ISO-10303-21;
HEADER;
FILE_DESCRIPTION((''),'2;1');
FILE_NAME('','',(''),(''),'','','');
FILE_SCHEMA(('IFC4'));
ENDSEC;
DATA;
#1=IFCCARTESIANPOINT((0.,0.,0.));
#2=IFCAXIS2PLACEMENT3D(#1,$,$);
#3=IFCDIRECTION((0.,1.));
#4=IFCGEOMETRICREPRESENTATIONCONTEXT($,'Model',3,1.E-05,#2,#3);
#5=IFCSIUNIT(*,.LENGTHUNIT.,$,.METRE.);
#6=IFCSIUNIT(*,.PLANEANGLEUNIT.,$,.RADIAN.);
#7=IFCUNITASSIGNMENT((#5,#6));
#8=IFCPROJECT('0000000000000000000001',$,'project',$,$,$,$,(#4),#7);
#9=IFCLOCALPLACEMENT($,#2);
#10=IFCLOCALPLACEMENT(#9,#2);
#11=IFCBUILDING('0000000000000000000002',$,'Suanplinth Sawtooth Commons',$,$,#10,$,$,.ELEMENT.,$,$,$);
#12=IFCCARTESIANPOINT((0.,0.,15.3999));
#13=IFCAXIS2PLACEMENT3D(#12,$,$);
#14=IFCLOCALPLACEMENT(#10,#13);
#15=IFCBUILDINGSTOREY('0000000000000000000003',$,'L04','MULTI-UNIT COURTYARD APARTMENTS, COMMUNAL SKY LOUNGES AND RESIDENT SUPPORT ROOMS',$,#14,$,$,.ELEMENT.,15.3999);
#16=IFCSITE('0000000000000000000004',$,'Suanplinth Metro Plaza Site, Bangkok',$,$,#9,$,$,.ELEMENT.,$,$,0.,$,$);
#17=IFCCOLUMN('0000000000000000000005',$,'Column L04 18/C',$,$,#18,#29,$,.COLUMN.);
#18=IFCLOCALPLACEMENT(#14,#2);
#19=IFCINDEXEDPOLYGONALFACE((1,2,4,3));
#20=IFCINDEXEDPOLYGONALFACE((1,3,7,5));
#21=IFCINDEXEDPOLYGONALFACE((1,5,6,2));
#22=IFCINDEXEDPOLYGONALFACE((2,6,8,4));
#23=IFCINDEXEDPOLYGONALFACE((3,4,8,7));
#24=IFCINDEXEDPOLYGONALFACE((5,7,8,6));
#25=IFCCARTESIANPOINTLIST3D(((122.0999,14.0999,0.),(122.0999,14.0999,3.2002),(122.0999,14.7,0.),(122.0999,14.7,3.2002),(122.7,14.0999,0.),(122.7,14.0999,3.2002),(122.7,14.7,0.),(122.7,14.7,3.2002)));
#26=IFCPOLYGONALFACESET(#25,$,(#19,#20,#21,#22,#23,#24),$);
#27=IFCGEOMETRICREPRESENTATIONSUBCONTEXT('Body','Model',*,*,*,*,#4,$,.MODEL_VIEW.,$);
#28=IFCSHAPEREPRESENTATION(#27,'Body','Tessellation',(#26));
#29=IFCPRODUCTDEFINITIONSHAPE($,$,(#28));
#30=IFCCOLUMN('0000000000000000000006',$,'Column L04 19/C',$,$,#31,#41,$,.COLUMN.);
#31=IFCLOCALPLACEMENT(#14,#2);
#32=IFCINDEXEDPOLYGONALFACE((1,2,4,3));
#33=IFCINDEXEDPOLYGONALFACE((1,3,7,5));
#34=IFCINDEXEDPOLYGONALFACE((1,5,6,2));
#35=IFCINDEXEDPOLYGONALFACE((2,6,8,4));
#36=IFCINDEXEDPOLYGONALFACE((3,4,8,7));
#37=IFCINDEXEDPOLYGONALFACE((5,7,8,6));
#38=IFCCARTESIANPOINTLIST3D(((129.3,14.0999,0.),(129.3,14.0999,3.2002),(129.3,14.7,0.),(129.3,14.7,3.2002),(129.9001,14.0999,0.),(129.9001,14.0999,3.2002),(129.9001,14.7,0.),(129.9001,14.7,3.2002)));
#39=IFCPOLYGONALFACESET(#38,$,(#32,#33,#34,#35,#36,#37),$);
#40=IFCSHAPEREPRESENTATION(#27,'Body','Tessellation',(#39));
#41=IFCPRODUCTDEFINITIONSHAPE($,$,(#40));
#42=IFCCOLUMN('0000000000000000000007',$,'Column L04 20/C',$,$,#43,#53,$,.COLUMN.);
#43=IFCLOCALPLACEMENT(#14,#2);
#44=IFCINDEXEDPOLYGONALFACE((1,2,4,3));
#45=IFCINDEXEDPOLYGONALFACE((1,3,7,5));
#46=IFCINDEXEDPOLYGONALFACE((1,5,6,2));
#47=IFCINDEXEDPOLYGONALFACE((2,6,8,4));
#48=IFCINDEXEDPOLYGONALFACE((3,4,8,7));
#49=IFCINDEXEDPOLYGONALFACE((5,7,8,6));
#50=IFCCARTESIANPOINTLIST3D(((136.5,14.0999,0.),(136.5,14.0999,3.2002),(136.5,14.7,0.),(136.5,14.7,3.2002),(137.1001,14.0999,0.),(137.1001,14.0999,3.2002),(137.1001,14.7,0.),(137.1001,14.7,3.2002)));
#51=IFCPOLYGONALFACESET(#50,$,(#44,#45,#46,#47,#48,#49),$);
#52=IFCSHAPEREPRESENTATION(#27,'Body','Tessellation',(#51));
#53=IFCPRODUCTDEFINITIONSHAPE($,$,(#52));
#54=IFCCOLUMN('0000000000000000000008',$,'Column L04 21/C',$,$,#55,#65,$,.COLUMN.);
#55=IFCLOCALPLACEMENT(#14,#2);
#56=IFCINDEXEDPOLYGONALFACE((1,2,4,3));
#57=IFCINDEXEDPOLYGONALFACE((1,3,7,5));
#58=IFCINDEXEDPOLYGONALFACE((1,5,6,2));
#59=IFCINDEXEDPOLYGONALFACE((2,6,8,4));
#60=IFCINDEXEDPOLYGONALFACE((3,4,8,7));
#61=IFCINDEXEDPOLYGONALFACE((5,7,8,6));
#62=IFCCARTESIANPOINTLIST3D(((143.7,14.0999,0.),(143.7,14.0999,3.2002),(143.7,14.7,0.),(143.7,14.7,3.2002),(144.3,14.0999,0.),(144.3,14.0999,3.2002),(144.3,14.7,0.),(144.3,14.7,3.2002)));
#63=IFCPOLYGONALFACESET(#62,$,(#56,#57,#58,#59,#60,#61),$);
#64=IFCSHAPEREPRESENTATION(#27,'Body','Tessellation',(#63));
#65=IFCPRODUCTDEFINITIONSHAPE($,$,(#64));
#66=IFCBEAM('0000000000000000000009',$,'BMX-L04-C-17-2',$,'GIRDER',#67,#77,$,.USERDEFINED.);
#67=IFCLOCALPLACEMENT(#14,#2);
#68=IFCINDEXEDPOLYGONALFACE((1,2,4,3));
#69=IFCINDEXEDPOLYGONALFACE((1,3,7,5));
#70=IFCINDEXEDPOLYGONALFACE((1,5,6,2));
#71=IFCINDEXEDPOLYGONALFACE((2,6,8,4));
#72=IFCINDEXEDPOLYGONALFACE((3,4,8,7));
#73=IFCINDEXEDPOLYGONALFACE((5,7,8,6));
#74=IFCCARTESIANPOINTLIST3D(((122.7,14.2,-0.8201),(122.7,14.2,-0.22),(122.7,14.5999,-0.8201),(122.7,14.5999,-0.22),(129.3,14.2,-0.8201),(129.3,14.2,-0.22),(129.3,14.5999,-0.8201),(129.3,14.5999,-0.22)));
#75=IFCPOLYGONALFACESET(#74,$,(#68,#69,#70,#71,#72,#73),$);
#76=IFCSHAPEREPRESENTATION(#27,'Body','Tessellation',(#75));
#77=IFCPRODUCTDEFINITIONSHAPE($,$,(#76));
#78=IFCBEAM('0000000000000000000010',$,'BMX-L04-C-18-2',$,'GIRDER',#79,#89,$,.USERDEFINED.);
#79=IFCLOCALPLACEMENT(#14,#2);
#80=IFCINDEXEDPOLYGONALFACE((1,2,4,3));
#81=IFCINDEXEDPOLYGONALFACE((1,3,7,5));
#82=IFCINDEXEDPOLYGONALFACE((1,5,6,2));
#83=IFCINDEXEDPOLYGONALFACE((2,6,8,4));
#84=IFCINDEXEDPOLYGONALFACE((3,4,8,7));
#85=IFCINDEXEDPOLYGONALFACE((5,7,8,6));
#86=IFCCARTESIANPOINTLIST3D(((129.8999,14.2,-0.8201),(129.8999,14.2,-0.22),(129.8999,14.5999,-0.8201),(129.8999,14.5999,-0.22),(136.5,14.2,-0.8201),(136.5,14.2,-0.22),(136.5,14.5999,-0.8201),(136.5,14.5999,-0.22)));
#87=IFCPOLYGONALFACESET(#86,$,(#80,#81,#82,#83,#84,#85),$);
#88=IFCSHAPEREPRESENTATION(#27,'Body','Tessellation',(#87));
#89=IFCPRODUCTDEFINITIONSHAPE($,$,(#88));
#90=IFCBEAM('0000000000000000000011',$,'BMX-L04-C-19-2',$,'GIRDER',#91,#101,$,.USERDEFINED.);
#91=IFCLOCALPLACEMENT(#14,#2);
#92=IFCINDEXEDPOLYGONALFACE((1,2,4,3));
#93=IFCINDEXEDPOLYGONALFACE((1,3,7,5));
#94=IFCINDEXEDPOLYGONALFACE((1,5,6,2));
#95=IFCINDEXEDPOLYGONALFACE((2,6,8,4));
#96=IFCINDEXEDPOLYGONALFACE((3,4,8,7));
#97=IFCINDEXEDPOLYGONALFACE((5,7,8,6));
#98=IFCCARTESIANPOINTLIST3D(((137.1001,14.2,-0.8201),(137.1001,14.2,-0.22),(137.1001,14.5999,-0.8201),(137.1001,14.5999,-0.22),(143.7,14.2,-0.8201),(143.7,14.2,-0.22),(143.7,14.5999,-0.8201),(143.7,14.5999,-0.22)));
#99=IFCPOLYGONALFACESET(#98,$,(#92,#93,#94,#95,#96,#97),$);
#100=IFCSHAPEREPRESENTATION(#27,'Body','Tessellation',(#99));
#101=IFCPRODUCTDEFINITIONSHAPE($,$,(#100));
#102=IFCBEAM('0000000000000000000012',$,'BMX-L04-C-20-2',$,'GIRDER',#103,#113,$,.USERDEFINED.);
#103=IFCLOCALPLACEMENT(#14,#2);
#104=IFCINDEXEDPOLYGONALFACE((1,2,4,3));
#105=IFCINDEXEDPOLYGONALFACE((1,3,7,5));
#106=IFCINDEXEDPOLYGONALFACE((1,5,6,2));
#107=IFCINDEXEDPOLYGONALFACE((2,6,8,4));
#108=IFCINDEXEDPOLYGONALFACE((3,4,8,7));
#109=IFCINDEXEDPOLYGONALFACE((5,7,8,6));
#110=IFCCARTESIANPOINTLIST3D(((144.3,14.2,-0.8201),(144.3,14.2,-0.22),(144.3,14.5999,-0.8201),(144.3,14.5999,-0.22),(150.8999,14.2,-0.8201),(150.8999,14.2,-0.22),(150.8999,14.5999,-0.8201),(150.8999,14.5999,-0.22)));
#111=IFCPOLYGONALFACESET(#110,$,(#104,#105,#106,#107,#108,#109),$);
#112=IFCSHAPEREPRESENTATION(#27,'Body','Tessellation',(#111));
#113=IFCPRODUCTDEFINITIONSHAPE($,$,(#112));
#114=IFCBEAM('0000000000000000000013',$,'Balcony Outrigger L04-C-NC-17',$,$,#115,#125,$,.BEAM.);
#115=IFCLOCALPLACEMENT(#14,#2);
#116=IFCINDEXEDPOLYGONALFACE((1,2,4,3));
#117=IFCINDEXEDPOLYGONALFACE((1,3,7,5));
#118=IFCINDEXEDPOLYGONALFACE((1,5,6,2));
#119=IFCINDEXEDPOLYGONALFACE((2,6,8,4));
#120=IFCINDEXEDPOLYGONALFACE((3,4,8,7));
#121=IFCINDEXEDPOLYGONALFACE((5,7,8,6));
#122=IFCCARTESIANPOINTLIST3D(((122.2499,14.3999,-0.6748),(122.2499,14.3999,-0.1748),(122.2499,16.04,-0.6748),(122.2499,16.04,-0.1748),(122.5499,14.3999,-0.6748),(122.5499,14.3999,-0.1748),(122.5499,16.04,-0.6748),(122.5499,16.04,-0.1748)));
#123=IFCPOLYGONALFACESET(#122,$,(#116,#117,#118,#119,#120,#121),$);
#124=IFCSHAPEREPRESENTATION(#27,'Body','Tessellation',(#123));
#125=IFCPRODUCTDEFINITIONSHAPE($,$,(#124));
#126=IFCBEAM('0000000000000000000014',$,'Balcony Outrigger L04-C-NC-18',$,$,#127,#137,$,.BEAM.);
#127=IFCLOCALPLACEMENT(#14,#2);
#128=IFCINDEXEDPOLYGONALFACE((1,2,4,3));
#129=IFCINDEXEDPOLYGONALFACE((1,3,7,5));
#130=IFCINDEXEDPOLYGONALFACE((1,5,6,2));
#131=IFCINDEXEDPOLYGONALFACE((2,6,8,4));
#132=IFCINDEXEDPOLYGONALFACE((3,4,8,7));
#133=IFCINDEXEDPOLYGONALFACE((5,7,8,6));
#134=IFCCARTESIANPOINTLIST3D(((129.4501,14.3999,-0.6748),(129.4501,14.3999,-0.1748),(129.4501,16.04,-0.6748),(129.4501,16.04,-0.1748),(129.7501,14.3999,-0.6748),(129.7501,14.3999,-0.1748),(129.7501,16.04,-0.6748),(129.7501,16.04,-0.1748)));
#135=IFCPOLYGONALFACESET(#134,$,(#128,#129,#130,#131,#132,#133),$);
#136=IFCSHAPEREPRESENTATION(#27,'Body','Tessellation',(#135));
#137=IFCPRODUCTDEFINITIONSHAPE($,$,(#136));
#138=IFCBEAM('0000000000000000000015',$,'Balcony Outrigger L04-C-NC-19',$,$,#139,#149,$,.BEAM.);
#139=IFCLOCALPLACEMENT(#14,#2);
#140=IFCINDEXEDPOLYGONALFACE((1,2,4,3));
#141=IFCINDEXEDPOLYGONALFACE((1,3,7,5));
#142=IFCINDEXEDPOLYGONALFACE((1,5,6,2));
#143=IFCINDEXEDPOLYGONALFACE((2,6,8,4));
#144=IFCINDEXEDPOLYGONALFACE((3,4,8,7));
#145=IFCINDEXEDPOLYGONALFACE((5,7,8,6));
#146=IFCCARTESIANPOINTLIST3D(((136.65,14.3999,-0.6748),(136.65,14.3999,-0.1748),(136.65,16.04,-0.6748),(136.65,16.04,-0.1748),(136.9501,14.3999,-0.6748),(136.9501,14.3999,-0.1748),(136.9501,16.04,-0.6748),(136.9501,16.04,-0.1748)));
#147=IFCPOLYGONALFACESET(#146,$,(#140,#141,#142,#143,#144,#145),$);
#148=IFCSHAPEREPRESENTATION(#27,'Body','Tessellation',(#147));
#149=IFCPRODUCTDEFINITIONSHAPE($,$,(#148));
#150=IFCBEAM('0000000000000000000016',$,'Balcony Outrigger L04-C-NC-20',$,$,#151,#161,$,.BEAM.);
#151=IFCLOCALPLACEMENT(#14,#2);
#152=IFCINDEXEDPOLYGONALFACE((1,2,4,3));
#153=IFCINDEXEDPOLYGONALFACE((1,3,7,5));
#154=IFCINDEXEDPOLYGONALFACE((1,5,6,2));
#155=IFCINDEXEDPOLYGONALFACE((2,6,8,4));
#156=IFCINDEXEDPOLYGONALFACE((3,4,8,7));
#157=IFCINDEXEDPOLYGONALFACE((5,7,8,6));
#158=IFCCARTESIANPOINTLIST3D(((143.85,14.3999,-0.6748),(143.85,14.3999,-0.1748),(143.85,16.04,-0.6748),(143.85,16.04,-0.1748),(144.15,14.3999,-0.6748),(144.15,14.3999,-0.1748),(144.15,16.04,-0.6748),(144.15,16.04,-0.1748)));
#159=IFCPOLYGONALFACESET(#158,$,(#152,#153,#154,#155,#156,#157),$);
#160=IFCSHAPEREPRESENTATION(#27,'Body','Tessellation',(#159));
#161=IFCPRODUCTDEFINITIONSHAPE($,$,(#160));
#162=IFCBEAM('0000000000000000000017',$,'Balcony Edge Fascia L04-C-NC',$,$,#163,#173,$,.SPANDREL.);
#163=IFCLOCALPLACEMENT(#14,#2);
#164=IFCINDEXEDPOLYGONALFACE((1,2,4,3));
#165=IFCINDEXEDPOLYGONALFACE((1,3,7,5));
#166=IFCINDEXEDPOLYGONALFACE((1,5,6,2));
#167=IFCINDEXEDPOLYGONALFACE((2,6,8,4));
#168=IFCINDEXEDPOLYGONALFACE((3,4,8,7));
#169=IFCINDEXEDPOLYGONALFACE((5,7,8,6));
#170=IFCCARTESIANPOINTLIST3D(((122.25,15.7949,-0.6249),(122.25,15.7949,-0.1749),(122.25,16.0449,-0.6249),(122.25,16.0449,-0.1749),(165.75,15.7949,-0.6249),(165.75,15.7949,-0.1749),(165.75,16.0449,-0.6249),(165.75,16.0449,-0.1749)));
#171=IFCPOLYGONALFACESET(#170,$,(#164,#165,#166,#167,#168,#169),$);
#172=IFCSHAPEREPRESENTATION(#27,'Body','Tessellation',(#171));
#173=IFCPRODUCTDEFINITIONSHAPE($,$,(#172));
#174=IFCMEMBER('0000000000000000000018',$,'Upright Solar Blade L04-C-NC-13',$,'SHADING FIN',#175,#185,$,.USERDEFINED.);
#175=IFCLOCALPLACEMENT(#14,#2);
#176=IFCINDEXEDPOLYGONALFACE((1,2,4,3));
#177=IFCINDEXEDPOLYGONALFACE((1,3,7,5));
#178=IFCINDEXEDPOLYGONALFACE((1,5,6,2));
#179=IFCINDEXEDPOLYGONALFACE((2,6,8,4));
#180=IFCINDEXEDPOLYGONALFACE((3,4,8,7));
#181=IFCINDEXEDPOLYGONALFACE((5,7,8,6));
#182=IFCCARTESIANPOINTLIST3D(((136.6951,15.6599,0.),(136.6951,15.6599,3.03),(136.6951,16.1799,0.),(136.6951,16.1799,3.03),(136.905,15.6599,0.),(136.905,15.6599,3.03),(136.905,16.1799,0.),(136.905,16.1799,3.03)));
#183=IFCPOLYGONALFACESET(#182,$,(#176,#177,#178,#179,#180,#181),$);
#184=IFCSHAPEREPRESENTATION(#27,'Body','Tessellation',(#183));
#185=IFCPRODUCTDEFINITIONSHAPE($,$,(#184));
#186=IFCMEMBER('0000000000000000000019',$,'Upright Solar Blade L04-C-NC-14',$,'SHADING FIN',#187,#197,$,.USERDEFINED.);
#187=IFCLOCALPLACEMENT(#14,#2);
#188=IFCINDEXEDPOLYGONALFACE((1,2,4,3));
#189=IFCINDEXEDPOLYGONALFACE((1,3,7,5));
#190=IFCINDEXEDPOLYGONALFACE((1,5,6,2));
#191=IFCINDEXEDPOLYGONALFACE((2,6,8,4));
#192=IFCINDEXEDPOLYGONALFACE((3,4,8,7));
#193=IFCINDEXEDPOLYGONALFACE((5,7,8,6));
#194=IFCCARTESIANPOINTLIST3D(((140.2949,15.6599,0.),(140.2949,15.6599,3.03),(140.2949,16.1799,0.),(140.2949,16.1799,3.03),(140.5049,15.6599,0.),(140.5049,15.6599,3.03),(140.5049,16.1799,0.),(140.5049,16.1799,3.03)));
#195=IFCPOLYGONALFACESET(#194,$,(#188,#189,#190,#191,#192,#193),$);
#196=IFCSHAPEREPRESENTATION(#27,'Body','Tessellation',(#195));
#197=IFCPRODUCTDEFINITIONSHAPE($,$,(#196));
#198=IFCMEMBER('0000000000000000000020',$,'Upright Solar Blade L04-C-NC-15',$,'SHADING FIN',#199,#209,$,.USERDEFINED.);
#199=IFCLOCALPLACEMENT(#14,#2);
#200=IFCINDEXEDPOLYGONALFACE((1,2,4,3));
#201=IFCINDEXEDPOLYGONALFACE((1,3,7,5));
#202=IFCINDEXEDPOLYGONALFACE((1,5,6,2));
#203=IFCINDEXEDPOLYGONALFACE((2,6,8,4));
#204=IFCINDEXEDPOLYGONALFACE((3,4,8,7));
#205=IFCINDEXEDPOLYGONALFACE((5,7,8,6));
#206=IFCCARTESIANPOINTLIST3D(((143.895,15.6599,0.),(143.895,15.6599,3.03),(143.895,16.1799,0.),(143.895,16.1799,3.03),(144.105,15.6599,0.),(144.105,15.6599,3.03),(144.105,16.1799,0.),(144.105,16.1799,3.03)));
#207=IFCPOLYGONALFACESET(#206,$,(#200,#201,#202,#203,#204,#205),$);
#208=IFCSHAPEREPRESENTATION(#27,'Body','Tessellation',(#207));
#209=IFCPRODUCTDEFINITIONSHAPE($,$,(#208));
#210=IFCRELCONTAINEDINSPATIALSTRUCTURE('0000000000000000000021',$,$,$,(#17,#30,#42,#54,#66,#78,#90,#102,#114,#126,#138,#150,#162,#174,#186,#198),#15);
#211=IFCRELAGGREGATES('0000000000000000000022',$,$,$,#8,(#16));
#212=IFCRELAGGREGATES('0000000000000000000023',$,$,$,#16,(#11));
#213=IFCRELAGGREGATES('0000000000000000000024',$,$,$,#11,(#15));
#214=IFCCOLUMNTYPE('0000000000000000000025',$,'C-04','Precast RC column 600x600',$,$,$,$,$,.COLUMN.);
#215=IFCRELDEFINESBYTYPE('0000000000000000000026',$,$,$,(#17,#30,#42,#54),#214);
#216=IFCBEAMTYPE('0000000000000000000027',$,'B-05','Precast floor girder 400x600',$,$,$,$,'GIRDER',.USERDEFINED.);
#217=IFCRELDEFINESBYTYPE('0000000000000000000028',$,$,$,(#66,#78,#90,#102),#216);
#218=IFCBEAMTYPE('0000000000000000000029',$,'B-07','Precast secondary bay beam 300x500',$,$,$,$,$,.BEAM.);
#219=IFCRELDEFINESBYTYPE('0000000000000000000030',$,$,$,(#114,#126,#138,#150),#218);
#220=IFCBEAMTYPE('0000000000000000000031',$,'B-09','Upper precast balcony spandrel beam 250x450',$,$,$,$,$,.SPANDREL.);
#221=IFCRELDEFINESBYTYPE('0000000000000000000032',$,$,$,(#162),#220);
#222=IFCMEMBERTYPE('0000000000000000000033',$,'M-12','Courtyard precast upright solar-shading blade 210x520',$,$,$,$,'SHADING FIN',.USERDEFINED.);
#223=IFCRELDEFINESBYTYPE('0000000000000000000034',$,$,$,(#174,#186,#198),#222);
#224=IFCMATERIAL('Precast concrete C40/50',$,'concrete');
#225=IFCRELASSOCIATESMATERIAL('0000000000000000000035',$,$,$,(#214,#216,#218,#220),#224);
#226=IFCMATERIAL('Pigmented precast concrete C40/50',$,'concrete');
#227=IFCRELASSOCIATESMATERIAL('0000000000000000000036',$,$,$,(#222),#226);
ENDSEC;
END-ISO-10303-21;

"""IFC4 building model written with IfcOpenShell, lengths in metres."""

from ifc_helpers import new_model, si_unit, direction, frame, origin, origin_2d, place, context, subcontext, project, spatial, rectangle, extrude, material, material_profile, profile_set, type_object, element, save


model = new_model("IFC4")

# Units and contexts
model_context = context("Model", 3, precision=1e-05, world=origin(), true_north=direction((0.0, 1.0)))
body_context = subcontext(model_context, "Body", "Model", "MODEL_VIEW")
ifc_project = project(units=[si_unit("LENGTHUNIT", "METRE"), si_unit("PLANEANGLEUNIT", "RADIAN")], contexts=[model_context])

# Site, building, storey
site_placement = place(None, origin())
site = spatial("IfcSite", under=ifc_project, at=site_placement, Name="Suanplinth Metro Plaza Site, Bangkok", CompositionType="ELEMENT", RefElevation=0.0)
building_placement = place(site_placement, origin())
building = spatial("IfcBuilding", under=site, at=building_placement, Name="Suanplinth Sawtooth Commons", CompositionType="ELEMENT")
storey_placement = place(building_placement, frame((0.0, 0.0, 15.3999)))
storey = spatial("IfcBuildingStorey", under=building, at=storey_placement, Name="L04", Description="MULTI-UNIT COURTYARD APARTMENTS, COMMUNAL SKY LOUNGES AND RESIDENT SUPPORT ROOMS", CompositionType="ELEMENT", Elevation=15.3999)

# Columns
ifc_material_1 = material(Name="Precast concrete C40/50", Category="concrete")
ifc_material_profile_1 = material_profile(ifc_material_1, rectangle(XDim=0.6001, YDim=0.6001, at=origin_2d()), Name="PC-COL 600x600")
ifc_profile_set_1 = profile_set([ifc_material_profile_1], Name="Precast concrete C40/50")
column_type = type_object("IfcColumnType", Name="C-04", Description="Precast RC column 600x600", PredefinedType="COLUMN", material=ifc_profile_set_1)
for number, where, z_axis, x_axis, name in (
    (1, (122.3999, 14.3999, 0.0), (0.0, 0.0, 1.0), (1.0, 0.0, 0.0), "Column L04 18/C"),
    (2, (129.6001, 14.3999, 0.0), (0.0, 0.0, 1.0), (1.0, 0.0, 0.0), "Column L04 19/C"),
    (3, (136.8, 14.3999, 0.0), (0.0, 0.0, 1.0), (1.0, 0.0, 0.0), "Column L04 20/C"),
    (4, (144.0, 14.3999, 0.0), (0.0, 0.0, 1.0), (1.0, 0.0, 0.0), "Column L04 21/C"),
):
    element("IfcColumn", number, at=place(storey_placement, frame(where, z_axis=z_axis, x_axis=x_axis)), inside=storey, type_object=column_type, Name=name, PredefinedType="COLUMN", context=body_context, shape_type="SweptSolid", body=[
        extrude(rectangle(XDim=0.6001, YDim=0.6001, at=origin_2d()), origin(), (0.0, 0.0, 1.0), 3.2002),
    ])

# Beams
ifc_material_profile_2 = material_profile(ifc_material_1, rectangle(XDim=0.3999, YDim=0.6001, at=origin_2d()), Name="PC-GDR 400x600")
ifc_profile_set_2 = profile_set([ifc_material_profile_2], Name="Precast concrete C40/50")
beam_type_1 = type_object("IfcBeamType", Name="B-05", Description="Precast floor girder 400x600", ElementType="GIRDER", PredefinedType="USERDEFINED", material=ifc_profile_set_2)
for number, where, z_axis, x_axis, name in (
    (5, (122.7, 14.3999, -0.52), (1.0, 0.0, 0.0), (0.0, 1.0, 0.0), "BMX-L04-C-17-2"),
    (6, (129.8999, 14.3999, -0.52), (1.0, 0.0, 0.0), (0.0, 1.0, 0.0), "BMX-L04-C-18-2"),
):
    element("IfcBeam", number, at=place(storey_placement, frame(where, z_axis=z_axis, x_axis=x_axis)), inside=storey, type_object=beam_type_1, Name=name, ObjectType="GIRDER", PredefinedType="USERDEFINED", context=body_context, shape_type="SweptSolid", body=[
        extrude(rectangle(XDim=0.3999, YDim=0.6001, at=origin_2d()), origin(), (0.0, 0.0, 1.0), 6.6001),
    ])
for number, where, z_axis, x_axis, name in (
    (7, (137.1001, 14.3999, -0.52), (1.0, 0.0, 0.0), (0.0, 1.0, 0.0), "BMX-L04-C-19-2"),
    (8, (144.3, 14.3999, -0.52), (1.0, 0.0, 0.0), (0.0, 1.0, 0.0), "BMX-L04-C-20-2"),
):
    element("IfcBeam", number, at=place(storey_placement, frame(where, z_axis=z_axis, x_axis=x_axis)), inside=storey, type_object=beam_type_1, Name=name, ObjectType="GIRDER", PredefinedType="USERDEFINED", context=body_context, shape_type="SweptSolid", body=[
        extrude(rectangle(XDim=0.3999, YDim=0.6001, at=origin_2d()), origin(), (0.0, 0.0, 1.0), 6.5999),
    ])
ifc_material_profile_3 = material_profile(ifc_material_1, rectangle(XDim=0.3, YDim=0.5, at=origin_2d()), Name="PC-BM 300x500")
ifc_profile_set_3 = profile_set([ifc_material_profile_3], Name="Precast concrete C40/50")
beam_type_2 = type_object("IfcBeamType", Name="B-07", Description="Precast secondary bay beam 300x500", PredefinedType="BEAM", material=ifc_profile_set_3)
for number, where, z_axis, x_axis, name in (
    (9, (122.3999, 14.3999, -0.4248), (0.0, 1.0, 0.0), (-1.0, 0.0, 0.0), "Balcony Outrigger L04-C-NC-17"),
    (10, (129.6001, 14.3999, -0.4248), (0.0, 1.0, 0.0), (-1.0, 0.0, 0.0), "Balcony Outrigger L04-C-NC-18"),
    (11, (136.8, 14.3999, -0.4248), (0.0, 1.0, 0.0), (-1.0, 0.0, 0.0), "Balcony Outrigger L04-C-NC-19"),
    (12, (144.0, 14.3999, -0.4248), (0.0, 1.0, 0.0), (-1.0, 0.0, 0.0), "Balcony Outrigger L04-C-NC-20"),
):
    element("IfcBeam", number, at=place(storey_placement, frame(where, z_axis=z_axis, x_axis=x_axis)), inside=storey, type_object=beam_type_2, Name=name, PredefinedType="BEAM", context=body_context, shape_type="SweptSolid", body=[
        extrude(rectangle(XDim=0.3, YDim=0.5, at=origin_2d()), origin(), (0.0, 0.0, 1.0), 1.6401),
    ])
ifc_material_profile_4 = material_profile(ifc_material_1, rectangle(XDim=0.25, YDim=0.45, at=origin_2d()), Name="PC-SP 250x450")
ifc_profile_set_4 = profile_set([ifc_material_profile_4], Name="Precast concrete C40/50")
beam_type_3 = type_object("IfcBeamType", Name="B-09", Description="Upper precast balcony spandrel beam 250x450", PredefinedType="SPANDREL", material=ifc_profile_set_4)
beam_placement = place(storey_placement, frame((122.25, 15.9199, -0.3999), z_axis=(1.0, 0.0, 0.0), x_axis=(0.0, 1.0, 0.0)))
element("IfcBeam", 13, at=beam_placement, inside=storey, type_object=beam_type_3, Name="Balcony Edge Fascia L04-C-NC", PredefinedType="SPANDREL", context=body_context, shape_type="SweptSolid", body=[
    extrude(rectangle(XDim=0.25, YDim=0.45, at=origin_2d()), origin(), (0.0, 0.0, 1.0), 43.5),
])

# Members
ifc_material_2 = material(Name="Pigmented precast concrete C40/50", Category="concrete")
ifc_material_profile_5 = material_profile(ifc_material_2, rectangle(XDim=0.21, YDim=0.52, at=origin_2d()), Name="PC-FIN 210x520")
ifc_profile_set_5 = profile_set([ifc_material_profile_5], Name="Pigmented precast concrete C40/50")
member_type = type_object("IfcMemberType", Name="M-12", Description="Courtyard precast upright solar-shading blade 210x520", ElementType="SHADING FIN", PredefinedType="USERDEFINED", material=ifc_profile_set_5)
for number, where, z_axis, x_axis, name in (
    (14, (136.8, 15.9199, 0.0), (0.0, 0.0, 1.0), (1.0, 0.0, 0.0), "Upright Solar Blade L04-C-NC-13"),
    (15, (140.3999, 15.9199, 0.0), (0.0, 0.0, 1.0), (1.0, 0.0, 0.0), "Upright Solar Blade L04-C-NC-14"),
    (16, (144.0, 15.9199, 0.0), (0.0, 0.0, 1.0), (1.0, 0.0, 0.0), "Upright Solar Blade L04-C-NC-15"),
):
    element("IfcMember", number, at=place(storey_placement, frame(where, z_axis=z_axis, x_axis=x_axis)), inside=storey, type_object=member_type, Name=name, ObjectType="SHADING FIN", PredefinedType="USERDEFINED", context=body_context, shape_type="SweptSolid", body=[
        extrude(rectangle(XDim=0.21, YDim=0.52, at=origin_2d()), origin(), (0.0, 0.0, 1.0), 3.03),
    ])

save(model, "model.ifc")
